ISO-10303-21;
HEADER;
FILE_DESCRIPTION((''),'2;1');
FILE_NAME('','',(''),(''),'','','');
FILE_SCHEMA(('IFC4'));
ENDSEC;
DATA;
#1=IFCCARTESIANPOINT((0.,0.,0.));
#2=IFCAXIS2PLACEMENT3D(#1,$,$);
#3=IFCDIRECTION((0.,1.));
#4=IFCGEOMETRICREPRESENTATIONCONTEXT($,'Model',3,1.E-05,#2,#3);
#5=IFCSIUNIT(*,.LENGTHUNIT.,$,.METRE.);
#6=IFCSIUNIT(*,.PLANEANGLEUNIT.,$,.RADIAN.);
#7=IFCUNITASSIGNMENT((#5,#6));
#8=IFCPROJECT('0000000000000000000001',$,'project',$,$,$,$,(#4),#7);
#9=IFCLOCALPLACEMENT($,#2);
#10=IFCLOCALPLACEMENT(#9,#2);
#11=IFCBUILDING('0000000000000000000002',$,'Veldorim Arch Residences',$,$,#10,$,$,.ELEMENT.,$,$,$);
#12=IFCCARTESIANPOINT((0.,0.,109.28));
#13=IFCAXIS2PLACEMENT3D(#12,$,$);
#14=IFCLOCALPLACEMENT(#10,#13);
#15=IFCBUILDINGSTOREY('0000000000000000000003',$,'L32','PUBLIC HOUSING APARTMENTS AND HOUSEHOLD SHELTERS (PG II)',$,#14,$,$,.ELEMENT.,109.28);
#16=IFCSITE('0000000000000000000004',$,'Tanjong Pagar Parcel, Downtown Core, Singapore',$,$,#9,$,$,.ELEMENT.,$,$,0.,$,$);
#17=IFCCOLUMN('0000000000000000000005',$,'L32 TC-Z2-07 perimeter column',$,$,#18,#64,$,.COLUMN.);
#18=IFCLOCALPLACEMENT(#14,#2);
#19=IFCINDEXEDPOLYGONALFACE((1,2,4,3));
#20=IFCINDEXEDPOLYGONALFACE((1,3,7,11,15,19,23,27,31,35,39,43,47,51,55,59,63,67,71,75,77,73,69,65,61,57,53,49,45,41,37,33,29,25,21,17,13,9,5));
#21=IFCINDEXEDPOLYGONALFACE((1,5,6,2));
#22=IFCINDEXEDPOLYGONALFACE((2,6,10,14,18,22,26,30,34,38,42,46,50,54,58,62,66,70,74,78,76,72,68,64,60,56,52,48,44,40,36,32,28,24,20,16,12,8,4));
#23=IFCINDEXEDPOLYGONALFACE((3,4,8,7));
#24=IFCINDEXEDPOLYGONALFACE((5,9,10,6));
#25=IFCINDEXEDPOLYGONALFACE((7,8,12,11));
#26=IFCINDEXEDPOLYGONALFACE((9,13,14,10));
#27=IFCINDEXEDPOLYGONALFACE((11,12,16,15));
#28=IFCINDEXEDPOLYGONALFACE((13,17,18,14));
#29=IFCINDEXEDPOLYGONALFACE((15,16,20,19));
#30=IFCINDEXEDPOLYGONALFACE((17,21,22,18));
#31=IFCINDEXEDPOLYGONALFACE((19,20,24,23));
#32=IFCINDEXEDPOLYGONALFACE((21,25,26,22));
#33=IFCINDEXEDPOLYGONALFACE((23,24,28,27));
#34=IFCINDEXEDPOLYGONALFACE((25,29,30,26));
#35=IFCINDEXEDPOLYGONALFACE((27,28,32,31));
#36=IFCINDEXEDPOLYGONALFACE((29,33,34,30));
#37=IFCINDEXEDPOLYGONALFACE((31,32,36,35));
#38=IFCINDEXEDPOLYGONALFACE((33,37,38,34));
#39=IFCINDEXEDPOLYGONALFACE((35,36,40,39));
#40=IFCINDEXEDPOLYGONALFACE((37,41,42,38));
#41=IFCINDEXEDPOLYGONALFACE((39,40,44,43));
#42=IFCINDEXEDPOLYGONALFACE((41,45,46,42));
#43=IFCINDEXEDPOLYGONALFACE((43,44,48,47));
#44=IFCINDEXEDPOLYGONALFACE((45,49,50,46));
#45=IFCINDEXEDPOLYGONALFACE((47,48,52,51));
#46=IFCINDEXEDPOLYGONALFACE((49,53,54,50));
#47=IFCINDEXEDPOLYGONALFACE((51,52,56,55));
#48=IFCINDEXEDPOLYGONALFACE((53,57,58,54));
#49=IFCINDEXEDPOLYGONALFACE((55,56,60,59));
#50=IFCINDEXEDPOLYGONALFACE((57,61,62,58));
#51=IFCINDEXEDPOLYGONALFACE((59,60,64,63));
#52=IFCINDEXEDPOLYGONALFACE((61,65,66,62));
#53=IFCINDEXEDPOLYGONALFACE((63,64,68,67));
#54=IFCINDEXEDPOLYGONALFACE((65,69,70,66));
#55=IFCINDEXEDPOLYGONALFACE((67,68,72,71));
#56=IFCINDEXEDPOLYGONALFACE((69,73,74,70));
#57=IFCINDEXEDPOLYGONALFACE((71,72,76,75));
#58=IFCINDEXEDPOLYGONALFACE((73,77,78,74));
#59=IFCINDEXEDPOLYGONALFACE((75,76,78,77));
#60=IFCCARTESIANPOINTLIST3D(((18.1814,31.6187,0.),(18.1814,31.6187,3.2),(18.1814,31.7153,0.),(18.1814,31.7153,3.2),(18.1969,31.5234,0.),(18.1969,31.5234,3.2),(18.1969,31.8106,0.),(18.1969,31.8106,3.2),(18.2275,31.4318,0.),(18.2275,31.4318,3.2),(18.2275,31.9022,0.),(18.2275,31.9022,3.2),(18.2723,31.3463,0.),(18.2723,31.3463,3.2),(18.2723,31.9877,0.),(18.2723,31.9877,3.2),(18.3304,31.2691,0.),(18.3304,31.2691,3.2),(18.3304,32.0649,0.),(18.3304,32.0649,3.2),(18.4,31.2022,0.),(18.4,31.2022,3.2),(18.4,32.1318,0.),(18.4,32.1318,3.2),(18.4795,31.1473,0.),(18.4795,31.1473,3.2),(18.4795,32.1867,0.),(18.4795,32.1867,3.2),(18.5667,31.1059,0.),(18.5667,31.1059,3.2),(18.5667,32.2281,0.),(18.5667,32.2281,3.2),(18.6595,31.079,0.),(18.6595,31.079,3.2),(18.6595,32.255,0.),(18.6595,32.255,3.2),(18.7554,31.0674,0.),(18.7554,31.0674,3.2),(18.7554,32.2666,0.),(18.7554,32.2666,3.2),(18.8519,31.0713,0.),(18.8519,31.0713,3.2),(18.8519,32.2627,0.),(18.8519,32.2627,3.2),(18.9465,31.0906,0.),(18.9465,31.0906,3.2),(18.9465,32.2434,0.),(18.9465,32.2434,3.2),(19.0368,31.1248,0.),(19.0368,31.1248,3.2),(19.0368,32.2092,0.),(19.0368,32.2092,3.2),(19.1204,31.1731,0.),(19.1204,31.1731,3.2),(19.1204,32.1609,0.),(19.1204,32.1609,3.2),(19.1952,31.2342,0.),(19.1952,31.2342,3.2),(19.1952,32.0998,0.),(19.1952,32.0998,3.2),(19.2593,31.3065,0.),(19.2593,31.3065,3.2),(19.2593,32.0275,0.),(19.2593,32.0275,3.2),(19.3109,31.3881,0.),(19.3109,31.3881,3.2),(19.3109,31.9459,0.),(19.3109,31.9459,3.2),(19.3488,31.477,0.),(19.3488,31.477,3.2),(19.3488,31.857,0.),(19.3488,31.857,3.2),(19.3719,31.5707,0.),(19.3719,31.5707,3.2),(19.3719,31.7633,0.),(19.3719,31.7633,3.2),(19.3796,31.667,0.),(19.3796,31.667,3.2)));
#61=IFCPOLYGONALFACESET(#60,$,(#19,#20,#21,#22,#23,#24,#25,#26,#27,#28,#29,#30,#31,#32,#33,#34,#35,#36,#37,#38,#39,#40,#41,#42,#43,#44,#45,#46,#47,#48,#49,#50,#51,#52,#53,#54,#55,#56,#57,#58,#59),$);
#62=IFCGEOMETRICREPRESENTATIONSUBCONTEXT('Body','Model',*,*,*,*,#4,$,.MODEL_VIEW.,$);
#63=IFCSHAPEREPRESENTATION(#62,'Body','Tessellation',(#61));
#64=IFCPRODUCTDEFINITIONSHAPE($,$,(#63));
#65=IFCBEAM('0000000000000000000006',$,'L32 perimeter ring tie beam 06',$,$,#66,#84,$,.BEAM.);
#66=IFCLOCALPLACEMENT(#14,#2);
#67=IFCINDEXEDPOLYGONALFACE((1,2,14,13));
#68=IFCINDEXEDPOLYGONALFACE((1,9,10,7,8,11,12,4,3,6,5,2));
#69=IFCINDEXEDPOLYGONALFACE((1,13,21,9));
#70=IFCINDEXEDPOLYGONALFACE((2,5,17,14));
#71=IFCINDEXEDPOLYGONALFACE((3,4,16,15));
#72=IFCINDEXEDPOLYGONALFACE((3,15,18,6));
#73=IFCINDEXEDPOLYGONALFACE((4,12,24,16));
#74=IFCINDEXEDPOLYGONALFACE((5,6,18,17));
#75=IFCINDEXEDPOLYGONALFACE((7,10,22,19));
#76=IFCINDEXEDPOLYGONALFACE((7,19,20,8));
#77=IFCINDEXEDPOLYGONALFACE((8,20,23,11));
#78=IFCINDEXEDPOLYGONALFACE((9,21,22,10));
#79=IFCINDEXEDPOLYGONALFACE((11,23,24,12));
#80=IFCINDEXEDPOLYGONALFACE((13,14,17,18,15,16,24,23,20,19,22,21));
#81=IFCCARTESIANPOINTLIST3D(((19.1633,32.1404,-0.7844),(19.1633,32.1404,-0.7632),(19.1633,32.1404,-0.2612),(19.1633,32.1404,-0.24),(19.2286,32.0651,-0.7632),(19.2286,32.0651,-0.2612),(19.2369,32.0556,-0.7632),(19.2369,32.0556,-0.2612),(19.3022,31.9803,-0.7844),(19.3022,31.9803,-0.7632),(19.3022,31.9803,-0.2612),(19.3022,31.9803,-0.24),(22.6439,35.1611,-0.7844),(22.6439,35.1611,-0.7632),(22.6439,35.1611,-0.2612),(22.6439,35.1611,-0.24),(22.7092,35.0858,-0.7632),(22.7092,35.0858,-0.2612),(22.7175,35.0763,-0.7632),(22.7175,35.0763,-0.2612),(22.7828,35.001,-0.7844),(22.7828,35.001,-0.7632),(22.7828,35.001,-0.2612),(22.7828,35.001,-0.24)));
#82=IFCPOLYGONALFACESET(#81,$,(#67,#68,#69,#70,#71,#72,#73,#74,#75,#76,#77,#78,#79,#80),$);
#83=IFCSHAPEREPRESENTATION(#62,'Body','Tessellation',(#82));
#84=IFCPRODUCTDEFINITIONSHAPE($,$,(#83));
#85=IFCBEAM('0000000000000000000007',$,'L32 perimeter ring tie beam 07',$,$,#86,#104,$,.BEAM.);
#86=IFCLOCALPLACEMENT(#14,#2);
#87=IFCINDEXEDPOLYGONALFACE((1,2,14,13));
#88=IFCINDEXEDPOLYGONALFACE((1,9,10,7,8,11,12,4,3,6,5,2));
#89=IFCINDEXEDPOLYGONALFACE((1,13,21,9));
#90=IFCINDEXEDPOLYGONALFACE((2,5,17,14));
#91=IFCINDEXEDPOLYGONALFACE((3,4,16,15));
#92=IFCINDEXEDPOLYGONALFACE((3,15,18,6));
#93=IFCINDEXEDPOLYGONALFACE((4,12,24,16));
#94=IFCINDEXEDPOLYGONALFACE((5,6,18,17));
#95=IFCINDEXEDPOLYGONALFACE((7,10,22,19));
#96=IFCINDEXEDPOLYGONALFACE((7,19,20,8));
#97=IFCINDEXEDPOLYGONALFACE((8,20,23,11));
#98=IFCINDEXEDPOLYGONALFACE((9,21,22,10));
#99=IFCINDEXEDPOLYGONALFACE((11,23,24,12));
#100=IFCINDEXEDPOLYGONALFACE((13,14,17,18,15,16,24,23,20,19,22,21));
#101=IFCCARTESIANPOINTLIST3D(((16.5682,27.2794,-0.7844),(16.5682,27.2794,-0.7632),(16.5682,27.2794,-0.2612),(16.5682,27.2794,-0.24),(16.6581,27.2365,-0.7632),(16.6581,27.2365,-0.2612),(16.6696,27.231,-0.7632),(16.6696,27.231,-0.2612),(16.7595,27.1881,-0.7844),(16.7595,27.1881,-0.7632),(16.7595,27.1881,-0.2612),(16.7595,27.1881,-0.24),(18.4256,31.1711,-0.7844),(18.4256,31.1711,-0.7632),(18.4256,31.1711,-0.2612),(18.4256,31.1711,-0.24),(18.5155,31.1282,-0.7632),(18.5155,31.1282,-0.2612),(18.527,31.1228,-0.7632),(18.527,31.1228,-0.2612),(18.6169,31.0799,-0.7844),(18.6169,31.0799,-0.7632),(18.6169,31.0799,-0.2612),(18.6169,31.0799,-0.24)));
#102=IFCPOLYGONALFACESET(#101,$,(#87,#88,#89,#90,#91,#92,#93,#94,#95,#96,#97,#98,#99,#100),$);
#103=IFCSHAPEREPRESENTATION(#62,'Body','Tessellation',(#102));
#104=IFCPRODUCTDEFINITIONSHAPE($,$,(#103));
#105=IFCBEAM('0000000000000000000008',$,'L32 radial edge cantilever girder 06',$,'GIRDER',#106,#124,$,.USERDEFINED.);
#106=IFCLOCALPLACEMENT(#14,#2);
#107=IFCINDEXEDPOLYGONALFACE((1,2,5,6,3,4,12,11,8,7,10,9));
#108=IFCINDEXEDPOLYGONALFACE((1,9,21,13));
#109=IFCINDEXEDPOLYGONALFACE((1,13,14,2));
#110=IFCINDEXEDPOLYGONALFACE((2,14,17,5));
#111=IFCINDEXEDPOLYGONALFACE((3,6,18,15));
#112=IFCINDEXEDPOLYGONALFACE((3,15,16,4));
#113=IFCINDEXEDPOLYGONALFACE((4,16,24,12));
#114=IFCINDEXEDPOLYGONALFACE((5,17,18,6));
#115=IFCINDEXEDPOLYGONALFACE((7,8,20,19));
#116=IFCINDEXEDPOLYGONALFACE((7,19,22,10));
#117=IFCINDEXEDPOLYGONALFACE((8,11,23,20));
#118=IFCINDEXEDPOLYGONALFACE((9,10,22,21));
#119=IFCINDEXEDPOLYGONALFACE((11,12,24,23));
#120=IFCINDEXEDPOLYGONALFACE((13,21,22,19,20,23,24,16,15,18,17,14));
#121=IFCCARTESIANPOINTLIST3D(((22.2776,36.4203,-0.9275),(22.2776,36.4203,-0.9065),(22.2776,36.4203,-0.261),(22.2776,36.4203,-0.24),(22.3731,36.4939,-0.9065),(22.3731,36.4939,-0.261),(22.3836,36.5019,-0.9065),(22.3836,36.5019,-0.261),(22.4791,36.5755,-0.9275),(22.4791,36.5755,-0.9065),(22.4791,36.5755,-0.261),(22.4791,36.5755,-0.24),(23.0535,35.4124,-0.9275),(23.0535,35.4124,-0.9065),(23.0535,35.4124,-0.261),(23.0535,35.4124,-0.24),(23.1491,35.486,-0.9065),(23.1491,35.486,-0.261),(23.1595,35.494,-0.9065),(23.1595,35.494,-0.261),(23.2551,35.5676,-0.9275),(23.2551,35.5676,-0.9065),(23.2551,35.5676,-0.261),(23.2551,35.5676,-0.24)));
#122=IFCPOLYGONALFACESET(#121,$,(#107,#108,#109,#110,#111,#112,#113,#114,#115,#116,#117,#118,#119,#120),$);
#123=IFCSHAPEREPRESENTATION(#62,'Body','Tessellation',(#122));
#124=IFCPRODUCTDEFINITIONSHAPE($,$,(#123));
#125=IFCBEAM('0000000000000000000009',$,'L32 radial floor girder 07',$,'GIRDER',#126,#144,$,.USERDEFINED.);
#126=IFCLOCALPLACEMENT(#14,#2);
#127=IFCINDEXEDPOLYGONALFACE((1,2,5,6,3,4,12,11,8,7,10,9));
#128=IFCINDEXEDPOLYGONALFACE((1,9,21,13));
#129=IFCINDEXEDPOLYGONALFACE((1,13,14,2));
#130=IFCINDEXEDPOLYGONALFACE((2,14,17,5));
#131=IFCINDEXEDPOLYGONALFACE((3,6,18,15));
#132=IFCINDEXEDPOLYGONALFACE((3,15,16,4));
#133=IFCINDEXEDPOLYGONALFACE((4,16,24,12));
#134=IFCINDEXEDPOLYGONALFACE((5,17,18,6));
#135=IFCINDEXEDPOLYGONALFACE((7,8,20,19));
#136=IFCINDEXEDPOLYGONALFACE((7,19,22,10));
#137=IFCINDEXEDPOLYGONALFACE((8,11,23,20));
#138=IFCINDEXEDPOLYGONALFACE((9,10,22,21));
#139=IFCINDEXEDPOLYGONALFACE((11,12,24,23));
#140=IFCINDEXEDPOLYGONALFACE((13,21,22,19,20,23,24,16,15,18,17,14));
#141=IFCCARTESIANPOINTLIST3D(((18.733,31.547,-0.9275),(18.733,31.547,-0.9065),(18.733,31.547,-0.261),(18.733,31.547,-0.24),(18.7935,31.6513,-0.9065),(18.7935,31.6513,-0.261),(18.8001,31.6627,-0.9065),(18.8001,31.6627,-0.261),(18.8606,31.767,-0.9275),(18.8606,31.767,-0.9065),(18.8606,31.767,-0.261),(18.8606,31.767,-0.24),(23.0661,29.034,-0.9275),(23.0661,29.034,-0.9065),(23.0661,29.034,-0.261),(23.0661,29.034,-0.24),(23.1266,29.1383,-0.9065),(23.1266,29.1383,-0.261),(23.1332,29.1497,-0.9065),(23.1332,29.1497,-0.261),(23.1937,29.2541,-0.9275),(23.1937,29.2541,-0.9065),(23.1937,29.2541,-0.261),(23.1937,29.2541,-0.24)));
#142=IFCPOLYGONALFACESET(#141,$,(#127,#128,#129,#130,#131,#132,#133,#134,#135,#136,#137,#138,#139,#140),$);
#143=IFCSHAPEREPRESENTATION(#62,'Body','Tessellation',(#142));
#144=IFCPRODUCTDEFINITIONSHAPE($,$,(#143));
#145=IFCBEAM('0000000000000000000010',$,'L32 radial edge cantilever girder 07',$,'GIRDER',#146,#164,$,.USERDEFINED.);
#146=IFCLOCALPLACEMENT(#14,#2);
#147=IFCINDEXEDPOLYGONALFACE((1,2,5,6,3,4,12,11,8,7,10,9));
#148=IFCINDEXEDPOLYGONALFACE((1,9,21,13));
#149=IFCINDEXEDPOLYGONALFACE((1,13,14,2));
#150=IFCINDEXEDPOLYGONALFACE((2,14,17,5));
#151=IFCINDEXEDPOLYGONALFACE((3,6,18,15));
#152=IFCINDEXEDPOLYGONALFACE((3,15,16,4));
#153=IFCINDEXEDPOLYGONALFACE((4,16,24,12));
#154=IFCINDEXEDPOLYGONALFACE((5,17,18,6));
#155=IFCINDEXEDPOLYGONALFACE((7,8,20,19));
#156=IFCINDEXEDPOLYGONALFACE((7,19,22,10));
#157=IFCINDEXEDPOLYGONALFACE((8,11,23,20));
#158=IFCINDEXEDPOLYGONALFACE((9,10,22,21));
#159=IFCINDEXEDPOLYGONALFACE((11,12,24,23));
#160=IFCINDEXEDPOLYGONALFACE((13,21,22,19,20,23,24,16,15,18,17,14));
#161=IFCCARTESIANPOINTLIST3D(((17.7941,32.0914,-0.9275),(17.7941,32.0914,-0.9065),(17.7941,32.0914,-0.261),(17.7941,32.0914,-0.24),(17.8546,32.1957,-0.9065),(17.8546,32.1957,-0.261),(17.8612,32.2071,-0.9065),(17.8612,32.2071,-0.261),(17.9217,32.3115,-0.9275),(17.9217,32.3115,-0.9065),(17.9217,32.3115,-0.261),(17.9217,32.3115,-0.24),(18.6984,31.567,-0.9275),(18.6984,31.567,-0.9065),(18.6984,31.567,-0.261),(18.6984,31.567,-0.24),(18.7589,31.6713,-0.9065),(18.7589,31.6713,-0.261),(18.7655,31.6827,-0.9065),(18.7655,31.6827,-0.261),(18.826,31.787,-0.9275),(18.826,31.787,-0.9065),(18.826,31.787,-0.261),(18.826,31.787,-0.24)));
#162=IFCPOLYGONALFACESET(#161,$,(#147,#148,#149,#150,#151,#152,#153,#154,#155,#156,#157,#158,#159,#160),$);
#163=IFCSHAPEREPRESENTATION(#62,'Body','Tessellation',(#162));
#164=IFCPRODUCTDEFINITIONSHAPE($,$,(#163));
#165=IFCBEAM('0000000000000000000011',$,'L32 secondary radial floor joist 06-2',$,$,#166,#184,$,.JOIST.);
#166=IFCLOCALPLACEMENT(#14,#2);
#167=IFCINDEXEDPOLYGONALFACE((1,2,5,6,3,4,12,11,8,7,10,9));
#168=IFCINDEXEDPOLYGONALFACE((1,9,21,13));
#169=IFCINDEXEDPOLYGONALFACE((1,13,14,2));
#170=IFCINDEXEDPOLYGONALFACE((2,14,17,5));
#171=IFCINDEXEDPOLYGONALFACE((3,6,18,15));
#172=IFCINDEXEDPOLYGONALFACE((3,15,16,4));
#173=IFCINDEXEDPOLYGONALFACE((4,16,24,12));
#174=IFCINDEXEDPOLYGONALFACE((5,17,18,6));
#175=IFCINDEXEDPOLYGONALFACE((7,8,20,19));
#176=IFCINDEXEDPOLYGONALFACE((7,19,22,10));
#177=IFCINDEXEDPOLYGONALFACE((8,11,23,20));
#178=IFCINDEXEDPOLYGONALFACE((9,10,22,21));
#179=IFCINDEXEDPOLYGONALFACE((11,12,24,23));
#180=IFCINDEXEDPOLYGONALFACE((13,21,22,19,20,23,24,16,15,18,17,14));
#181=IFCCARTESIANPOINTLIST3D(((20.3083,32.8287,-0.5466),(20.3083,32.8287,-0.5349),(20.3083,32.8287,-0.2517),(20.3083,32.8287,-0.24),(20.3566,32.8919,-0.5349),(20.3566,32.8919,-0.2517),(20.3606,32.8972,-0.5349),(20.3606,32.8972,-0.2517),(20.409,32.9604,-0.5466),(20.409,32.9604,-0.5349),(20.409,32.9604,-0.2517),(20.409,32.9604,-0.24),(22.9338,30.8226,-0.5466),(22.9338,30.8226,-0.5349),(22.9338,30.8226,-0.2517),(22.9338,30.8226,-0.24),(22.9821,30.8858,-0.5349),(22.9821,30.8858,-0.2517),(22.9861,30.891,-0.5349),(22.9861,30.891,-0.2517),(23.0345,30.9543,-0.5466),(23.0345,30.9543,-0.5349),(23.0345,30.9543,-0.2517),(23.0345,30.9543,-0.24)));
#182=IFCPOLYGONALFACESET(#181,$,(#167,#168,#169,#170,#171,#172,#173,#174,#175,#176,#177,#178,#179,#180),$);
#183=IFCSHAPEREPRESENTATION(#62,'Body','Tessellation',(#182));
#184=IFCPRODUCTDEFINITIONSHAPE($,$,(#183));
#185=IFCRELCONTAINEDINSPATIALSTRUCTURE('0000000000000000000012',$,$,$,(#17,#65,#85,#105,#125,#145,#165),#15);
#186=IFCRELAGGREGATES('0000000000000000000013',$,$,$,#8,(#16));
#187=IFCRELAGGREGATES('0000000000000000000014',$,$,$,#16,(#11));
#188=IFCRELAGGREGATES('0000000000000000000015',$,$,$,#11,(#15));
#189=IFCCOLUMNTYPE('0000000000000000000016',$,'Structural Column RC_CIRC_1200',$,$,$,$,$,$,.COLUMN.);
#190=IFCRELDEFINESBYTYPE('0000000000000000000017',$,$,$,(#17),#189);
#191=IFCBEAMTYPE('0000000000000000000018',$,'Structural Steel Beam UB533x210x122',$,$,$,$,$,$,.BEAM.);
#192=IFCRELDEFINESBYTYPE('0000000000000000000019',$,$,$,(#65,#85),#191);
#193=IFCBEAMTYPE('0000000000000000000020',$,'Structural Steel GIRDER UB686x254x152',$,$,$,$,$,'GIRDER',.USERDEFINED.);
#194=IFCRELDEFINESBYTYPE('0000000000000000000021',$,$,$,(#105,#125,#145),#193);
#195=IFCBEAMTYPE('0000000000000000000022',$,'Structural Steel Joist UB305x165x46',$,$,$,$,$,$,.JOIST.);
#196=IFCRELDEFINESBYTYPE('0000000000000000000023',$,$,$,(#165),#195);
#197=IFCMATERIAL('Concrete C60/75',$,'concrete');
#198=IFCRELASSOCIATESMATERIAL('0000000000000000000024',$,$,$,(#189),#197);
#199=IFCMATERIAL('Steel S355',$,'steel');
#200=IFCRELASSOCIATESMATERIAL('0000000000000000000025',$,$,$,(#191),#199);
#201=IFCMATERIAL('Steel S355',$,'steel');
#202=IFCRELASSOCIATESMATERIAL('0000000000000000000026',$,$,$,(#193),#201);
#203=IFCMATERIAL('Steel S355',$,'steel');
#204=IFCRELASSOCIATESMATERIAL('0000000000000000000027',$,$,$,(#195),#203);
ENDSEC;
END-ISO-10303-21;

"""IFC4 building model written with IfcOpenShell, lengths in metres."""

from ifc_helpers import new_model, si_unit, direction, frame, origin, origin_2d, place, context, subcontext, project, spatial, circle, i_section, extrude, material, material_profile, profile_set, type_object, element, save


model = new_model("IFC4")

# Units and contexts
model_context = context("Model", 3, precision=1e-05, world=origin(), true_north=direction((0.0, 1.0)))
body_context = subcontext(model_context, "Body", "Model", "MODEL_VIEW")
ifc_project = project(units=[si_unit("LENGTHUNIT", "METRE"), si_unit("PLANEANGLEUNIT", "RADIAN")], contexts=[model_context])

# Site, building, storey
site_placement = place(None, origin())
site = spatial("IfcSite", under=ifc_project, at=site_placement, Name="Tanjong Pagar Parcel, Downtown Core, Singapore", CompositionType="ELEMENT", RefElevation=0.0)
building_placement = place(site_placement, origin())
building = spatial("IfcBuilding", under=site, at=building_placement, Name="Veldorim Arch Residences", CompositionType="ELEMENT")
storey_placement = place(building_placement, frame((0.0, 0.0, 109.28)))
storey = spatial("IfcBuildingStorey", under=building, at=storey_placement, Name="L32", Description="PUBLIC HOUSING APARTMENTS AND HOUSEHOLD SHELTERS (PG II)", CompositionType="ELEMENT", Elevation=109.28)

# Column
ifc_material_1 = material(Name="Concrete C60/75", Category="concrete")
ifc_material_profile_1 = material_profile(ifc_material_1, circle(Radius=0.6001, at=origin_2d()), Name="RC_CIRC_1200")
ifc_profile_set_1 = profile_set([ifc_material_profile_1], Name="Concrete C60/75")
column_type = type_object("IfcColumnType", Name="Structural Column RC_CIRC_1200", PredefinedType="COLUMN", material=ifc_profile_set_1)
column_placement = place(storey_placement, frame((18.7795, 31.667, 0.0), z_axis=(0.0, 0.0, 1.0), x_axis=(1.0, 0.0, 0.0)))
element("IfcColumn", 1, at=column_placement, inside=storey, type_object=column_type, Name="L32 TC-Z2-07 perimeter column", PredefinedType="COLUMN", context=body_context, shape_type="SweptSolid", body=[
    extrude(circle(Radius=0.6001, at=origin_2d()), origin(), (0.0, 0.0, 1.0), 3.2),
])

# Beams
ifc_material_2 = material(Name="Steel S355", Category="steel")
ifc_material_profile_2 = material_profile(ifc_material_2, i_section(OverallWidth=0.2119, OverallDepth=0.5444, WebThickness=0.0127, FlangeThickness=0.0212, at=origin_2d()), Name="UB533x210x122")
ifc_profile_set_2 = profile_set([ifc_material_profile_2], Name="Steel S355")
beam_type_1 = type_object("IfcBeamType", Name="Structural Steel Beam UB533x210x122", PredefinedType="BEAM", material=ifc_profile_set_2)
beam_1_placement = place(storey_placement, frame((22.7134, 35.0811, -0.5122), z_axis=(-0.755245, -0.655443, 0.0), x_axis=(0.655443, -0.755245, 0.0)))
element("IfcBeam", 2, at=beam_1_placement, inside=storey, type_object=beam_type_1, Name="L32 perimeter ring tie beam 06", PredefinedType="BEAM", context=body_context, shape_type="SweptSolid", body=[
    extrude(i_section(OverallWidth=0.2119, OverallDepth=0.5444, WebThickness=0.0127, FlangeThickness=0.0212, at=origin_2d()), origin(), (0.0, 0.0, 1.0), 4.6086),
])
beam_2_placement = place(storey_placement, frame((18.5212, 31.1255, -0.5122), z_axis=(-0.43072, -0.902486, 0.0), x_axis=(0.902486, -0.43072, 0.0)))
element("IfcBeam", 3, at=beam_2_placement, inside=storey, type_object=beam_type_1, Name="L32 perimeter ring tie beam 07", PredefinedType="BEAM", context=body_context, shape_type="SweptSolid", body=[
    extrude(i_section(OverallWidth=0.2119, OverallDepth=0.5444, WebThickness=0.0127, FlangeThickness=0.0212, at=origin_2d()), origin(), (0.0, 0.0, 1.0), 4.3123),
])
ifc_material_3 = material(Name="Steel S355", Category="steel")
ifc_material_profile_3 = material_profile(ifc_material_3, i_section(OverallWidth=0.2544, OverallDepth=0.6875, WebThickness=0.0132, FlangeThickness=0.021, at=origin_2d()), Name="UB686x254x152")
ifc_profile_set_3 = profile_set([ifc_material_profile_3], Name="Steel S355")
beam_type_2 = type_object("IfcBeamType", Name="Structural Steel GIRDER UB686x254x152", ElementType="GIRDER", PredefinedType="USERDEFINED", material=ifc_profile_set_3)
beam_3_placement = place(storey_placement, frame((23.1543, 35.49, -0.5837), z_axis=(-0.610026, 0.792381, 0.0), x_axis=(-0.792381, -0.610026, 0.0)))
element("IfcBeam", 4, at=beam_3_placement, inside=storey, type_object=beam_type_2, Name="L32 radial edge cantilever girder 06", ObjectType="GIRDER", PredefinedType="USERDEFINED", context=body_context, shape_type="SweptSolid", body=[
    extrude(i_section(OverallWidth=0.2544, OverallDepth=0.6875, WebThickness=0.0132, FlangeThickness=0.021, at=origin_2d()), origin(), (0.0, 0.0, 1.0), 1.272),
])
beam_4_placement = place(storey_placement, frame((23.1299, 29.144, -0.5837), z_axis=(-0.865049, 0.501687, 0.0), x_axis=(-0.501687, -0.865049, 0.0)))
element("IfcBeam", 5, at=beam_4_placement, inside=storey, type_object=beam_type_2, Name="L32 radial floor girder 07", ObjectType="GIRDER", PredefinedType="USERDEFINED", context=body_context, shape_type="SweptSolid", body=[
    extrude(i_section(OverallWidth=0.2544, OverallDepth=0.6875, WebThickness=0.0132, FlangeThickness=0.021, at=origin_2d()), origin(), (0.0, 0.0, 1.0), 5.009),
])
beam_5_placement = place(storey_placement, frame((18.7622, 31.677, -0.5837), z_axis=(-0.865064, 0.501662, 0.0), x_axis=(-0.501662, -0.865064, 0.0)))
element("IfcBeam", 6, at=beam_5_placement, inside=storey, type_object=beam_type_2, Name="L32 radial edge cantilever girder 07", ObjectType="GIRDER", PredefinedType="USERDEFINED", context=body_context, shape_type="SweptSolid", body=[
    extrude(i_section(OverallWidth=0.2544, OverallDepth=0.6875, WebThickness=0.0132, FlangeThickness=0.021, at=origin_2d()), origin(), (0.0, 0.0, 1.0), 1.0454),
])
ifc_material_4 = material(Name="Steel S355", Category="steel")
ifc_material_profile_4 = material_profile(ifc_material_4, i_section(OverallWidth=0.1658, OverallDepth=0.3066, WebThickness=0.0066, FlangeThickness=0.0117, at=origin_2d()), Name="UB305x165x46")
ifc_profile_set_4 = profile_set([ifc_material_profile_4], Name="Steel S355")
beam_type_3 = type_object("IfcBeamType", Name="Structural Steel Joist UB305x165x46", PredefinedType="JOIST", material=ifc_profile_set_4)
beam_6_placement = place(storey_placement, frame((22.9841, 30.8884, -0.3933), z_axis=(-0.794595, 0.60714, 0.0), x_axis=(-0.60714, -0.794595, 0.0)))
element("IfcBeam", 7, at=beam_6_placement, inside=storey, type_object=beam_type_3, Name="L32 secondary radial floor joist 06-2", PredefinedType="JOIST", context=body_context, shape_type="SweptSolid", body=[
    extrude(i_section(OverallWidth=0.1658, OverallDepth=0.3066, WebThickness=0.0066, FlangeThickness=0.0117, at=origin_2d()), origin(), (0.0, 0.0, 1.0), 3.3042),
])

save(model, "model.ifc")
